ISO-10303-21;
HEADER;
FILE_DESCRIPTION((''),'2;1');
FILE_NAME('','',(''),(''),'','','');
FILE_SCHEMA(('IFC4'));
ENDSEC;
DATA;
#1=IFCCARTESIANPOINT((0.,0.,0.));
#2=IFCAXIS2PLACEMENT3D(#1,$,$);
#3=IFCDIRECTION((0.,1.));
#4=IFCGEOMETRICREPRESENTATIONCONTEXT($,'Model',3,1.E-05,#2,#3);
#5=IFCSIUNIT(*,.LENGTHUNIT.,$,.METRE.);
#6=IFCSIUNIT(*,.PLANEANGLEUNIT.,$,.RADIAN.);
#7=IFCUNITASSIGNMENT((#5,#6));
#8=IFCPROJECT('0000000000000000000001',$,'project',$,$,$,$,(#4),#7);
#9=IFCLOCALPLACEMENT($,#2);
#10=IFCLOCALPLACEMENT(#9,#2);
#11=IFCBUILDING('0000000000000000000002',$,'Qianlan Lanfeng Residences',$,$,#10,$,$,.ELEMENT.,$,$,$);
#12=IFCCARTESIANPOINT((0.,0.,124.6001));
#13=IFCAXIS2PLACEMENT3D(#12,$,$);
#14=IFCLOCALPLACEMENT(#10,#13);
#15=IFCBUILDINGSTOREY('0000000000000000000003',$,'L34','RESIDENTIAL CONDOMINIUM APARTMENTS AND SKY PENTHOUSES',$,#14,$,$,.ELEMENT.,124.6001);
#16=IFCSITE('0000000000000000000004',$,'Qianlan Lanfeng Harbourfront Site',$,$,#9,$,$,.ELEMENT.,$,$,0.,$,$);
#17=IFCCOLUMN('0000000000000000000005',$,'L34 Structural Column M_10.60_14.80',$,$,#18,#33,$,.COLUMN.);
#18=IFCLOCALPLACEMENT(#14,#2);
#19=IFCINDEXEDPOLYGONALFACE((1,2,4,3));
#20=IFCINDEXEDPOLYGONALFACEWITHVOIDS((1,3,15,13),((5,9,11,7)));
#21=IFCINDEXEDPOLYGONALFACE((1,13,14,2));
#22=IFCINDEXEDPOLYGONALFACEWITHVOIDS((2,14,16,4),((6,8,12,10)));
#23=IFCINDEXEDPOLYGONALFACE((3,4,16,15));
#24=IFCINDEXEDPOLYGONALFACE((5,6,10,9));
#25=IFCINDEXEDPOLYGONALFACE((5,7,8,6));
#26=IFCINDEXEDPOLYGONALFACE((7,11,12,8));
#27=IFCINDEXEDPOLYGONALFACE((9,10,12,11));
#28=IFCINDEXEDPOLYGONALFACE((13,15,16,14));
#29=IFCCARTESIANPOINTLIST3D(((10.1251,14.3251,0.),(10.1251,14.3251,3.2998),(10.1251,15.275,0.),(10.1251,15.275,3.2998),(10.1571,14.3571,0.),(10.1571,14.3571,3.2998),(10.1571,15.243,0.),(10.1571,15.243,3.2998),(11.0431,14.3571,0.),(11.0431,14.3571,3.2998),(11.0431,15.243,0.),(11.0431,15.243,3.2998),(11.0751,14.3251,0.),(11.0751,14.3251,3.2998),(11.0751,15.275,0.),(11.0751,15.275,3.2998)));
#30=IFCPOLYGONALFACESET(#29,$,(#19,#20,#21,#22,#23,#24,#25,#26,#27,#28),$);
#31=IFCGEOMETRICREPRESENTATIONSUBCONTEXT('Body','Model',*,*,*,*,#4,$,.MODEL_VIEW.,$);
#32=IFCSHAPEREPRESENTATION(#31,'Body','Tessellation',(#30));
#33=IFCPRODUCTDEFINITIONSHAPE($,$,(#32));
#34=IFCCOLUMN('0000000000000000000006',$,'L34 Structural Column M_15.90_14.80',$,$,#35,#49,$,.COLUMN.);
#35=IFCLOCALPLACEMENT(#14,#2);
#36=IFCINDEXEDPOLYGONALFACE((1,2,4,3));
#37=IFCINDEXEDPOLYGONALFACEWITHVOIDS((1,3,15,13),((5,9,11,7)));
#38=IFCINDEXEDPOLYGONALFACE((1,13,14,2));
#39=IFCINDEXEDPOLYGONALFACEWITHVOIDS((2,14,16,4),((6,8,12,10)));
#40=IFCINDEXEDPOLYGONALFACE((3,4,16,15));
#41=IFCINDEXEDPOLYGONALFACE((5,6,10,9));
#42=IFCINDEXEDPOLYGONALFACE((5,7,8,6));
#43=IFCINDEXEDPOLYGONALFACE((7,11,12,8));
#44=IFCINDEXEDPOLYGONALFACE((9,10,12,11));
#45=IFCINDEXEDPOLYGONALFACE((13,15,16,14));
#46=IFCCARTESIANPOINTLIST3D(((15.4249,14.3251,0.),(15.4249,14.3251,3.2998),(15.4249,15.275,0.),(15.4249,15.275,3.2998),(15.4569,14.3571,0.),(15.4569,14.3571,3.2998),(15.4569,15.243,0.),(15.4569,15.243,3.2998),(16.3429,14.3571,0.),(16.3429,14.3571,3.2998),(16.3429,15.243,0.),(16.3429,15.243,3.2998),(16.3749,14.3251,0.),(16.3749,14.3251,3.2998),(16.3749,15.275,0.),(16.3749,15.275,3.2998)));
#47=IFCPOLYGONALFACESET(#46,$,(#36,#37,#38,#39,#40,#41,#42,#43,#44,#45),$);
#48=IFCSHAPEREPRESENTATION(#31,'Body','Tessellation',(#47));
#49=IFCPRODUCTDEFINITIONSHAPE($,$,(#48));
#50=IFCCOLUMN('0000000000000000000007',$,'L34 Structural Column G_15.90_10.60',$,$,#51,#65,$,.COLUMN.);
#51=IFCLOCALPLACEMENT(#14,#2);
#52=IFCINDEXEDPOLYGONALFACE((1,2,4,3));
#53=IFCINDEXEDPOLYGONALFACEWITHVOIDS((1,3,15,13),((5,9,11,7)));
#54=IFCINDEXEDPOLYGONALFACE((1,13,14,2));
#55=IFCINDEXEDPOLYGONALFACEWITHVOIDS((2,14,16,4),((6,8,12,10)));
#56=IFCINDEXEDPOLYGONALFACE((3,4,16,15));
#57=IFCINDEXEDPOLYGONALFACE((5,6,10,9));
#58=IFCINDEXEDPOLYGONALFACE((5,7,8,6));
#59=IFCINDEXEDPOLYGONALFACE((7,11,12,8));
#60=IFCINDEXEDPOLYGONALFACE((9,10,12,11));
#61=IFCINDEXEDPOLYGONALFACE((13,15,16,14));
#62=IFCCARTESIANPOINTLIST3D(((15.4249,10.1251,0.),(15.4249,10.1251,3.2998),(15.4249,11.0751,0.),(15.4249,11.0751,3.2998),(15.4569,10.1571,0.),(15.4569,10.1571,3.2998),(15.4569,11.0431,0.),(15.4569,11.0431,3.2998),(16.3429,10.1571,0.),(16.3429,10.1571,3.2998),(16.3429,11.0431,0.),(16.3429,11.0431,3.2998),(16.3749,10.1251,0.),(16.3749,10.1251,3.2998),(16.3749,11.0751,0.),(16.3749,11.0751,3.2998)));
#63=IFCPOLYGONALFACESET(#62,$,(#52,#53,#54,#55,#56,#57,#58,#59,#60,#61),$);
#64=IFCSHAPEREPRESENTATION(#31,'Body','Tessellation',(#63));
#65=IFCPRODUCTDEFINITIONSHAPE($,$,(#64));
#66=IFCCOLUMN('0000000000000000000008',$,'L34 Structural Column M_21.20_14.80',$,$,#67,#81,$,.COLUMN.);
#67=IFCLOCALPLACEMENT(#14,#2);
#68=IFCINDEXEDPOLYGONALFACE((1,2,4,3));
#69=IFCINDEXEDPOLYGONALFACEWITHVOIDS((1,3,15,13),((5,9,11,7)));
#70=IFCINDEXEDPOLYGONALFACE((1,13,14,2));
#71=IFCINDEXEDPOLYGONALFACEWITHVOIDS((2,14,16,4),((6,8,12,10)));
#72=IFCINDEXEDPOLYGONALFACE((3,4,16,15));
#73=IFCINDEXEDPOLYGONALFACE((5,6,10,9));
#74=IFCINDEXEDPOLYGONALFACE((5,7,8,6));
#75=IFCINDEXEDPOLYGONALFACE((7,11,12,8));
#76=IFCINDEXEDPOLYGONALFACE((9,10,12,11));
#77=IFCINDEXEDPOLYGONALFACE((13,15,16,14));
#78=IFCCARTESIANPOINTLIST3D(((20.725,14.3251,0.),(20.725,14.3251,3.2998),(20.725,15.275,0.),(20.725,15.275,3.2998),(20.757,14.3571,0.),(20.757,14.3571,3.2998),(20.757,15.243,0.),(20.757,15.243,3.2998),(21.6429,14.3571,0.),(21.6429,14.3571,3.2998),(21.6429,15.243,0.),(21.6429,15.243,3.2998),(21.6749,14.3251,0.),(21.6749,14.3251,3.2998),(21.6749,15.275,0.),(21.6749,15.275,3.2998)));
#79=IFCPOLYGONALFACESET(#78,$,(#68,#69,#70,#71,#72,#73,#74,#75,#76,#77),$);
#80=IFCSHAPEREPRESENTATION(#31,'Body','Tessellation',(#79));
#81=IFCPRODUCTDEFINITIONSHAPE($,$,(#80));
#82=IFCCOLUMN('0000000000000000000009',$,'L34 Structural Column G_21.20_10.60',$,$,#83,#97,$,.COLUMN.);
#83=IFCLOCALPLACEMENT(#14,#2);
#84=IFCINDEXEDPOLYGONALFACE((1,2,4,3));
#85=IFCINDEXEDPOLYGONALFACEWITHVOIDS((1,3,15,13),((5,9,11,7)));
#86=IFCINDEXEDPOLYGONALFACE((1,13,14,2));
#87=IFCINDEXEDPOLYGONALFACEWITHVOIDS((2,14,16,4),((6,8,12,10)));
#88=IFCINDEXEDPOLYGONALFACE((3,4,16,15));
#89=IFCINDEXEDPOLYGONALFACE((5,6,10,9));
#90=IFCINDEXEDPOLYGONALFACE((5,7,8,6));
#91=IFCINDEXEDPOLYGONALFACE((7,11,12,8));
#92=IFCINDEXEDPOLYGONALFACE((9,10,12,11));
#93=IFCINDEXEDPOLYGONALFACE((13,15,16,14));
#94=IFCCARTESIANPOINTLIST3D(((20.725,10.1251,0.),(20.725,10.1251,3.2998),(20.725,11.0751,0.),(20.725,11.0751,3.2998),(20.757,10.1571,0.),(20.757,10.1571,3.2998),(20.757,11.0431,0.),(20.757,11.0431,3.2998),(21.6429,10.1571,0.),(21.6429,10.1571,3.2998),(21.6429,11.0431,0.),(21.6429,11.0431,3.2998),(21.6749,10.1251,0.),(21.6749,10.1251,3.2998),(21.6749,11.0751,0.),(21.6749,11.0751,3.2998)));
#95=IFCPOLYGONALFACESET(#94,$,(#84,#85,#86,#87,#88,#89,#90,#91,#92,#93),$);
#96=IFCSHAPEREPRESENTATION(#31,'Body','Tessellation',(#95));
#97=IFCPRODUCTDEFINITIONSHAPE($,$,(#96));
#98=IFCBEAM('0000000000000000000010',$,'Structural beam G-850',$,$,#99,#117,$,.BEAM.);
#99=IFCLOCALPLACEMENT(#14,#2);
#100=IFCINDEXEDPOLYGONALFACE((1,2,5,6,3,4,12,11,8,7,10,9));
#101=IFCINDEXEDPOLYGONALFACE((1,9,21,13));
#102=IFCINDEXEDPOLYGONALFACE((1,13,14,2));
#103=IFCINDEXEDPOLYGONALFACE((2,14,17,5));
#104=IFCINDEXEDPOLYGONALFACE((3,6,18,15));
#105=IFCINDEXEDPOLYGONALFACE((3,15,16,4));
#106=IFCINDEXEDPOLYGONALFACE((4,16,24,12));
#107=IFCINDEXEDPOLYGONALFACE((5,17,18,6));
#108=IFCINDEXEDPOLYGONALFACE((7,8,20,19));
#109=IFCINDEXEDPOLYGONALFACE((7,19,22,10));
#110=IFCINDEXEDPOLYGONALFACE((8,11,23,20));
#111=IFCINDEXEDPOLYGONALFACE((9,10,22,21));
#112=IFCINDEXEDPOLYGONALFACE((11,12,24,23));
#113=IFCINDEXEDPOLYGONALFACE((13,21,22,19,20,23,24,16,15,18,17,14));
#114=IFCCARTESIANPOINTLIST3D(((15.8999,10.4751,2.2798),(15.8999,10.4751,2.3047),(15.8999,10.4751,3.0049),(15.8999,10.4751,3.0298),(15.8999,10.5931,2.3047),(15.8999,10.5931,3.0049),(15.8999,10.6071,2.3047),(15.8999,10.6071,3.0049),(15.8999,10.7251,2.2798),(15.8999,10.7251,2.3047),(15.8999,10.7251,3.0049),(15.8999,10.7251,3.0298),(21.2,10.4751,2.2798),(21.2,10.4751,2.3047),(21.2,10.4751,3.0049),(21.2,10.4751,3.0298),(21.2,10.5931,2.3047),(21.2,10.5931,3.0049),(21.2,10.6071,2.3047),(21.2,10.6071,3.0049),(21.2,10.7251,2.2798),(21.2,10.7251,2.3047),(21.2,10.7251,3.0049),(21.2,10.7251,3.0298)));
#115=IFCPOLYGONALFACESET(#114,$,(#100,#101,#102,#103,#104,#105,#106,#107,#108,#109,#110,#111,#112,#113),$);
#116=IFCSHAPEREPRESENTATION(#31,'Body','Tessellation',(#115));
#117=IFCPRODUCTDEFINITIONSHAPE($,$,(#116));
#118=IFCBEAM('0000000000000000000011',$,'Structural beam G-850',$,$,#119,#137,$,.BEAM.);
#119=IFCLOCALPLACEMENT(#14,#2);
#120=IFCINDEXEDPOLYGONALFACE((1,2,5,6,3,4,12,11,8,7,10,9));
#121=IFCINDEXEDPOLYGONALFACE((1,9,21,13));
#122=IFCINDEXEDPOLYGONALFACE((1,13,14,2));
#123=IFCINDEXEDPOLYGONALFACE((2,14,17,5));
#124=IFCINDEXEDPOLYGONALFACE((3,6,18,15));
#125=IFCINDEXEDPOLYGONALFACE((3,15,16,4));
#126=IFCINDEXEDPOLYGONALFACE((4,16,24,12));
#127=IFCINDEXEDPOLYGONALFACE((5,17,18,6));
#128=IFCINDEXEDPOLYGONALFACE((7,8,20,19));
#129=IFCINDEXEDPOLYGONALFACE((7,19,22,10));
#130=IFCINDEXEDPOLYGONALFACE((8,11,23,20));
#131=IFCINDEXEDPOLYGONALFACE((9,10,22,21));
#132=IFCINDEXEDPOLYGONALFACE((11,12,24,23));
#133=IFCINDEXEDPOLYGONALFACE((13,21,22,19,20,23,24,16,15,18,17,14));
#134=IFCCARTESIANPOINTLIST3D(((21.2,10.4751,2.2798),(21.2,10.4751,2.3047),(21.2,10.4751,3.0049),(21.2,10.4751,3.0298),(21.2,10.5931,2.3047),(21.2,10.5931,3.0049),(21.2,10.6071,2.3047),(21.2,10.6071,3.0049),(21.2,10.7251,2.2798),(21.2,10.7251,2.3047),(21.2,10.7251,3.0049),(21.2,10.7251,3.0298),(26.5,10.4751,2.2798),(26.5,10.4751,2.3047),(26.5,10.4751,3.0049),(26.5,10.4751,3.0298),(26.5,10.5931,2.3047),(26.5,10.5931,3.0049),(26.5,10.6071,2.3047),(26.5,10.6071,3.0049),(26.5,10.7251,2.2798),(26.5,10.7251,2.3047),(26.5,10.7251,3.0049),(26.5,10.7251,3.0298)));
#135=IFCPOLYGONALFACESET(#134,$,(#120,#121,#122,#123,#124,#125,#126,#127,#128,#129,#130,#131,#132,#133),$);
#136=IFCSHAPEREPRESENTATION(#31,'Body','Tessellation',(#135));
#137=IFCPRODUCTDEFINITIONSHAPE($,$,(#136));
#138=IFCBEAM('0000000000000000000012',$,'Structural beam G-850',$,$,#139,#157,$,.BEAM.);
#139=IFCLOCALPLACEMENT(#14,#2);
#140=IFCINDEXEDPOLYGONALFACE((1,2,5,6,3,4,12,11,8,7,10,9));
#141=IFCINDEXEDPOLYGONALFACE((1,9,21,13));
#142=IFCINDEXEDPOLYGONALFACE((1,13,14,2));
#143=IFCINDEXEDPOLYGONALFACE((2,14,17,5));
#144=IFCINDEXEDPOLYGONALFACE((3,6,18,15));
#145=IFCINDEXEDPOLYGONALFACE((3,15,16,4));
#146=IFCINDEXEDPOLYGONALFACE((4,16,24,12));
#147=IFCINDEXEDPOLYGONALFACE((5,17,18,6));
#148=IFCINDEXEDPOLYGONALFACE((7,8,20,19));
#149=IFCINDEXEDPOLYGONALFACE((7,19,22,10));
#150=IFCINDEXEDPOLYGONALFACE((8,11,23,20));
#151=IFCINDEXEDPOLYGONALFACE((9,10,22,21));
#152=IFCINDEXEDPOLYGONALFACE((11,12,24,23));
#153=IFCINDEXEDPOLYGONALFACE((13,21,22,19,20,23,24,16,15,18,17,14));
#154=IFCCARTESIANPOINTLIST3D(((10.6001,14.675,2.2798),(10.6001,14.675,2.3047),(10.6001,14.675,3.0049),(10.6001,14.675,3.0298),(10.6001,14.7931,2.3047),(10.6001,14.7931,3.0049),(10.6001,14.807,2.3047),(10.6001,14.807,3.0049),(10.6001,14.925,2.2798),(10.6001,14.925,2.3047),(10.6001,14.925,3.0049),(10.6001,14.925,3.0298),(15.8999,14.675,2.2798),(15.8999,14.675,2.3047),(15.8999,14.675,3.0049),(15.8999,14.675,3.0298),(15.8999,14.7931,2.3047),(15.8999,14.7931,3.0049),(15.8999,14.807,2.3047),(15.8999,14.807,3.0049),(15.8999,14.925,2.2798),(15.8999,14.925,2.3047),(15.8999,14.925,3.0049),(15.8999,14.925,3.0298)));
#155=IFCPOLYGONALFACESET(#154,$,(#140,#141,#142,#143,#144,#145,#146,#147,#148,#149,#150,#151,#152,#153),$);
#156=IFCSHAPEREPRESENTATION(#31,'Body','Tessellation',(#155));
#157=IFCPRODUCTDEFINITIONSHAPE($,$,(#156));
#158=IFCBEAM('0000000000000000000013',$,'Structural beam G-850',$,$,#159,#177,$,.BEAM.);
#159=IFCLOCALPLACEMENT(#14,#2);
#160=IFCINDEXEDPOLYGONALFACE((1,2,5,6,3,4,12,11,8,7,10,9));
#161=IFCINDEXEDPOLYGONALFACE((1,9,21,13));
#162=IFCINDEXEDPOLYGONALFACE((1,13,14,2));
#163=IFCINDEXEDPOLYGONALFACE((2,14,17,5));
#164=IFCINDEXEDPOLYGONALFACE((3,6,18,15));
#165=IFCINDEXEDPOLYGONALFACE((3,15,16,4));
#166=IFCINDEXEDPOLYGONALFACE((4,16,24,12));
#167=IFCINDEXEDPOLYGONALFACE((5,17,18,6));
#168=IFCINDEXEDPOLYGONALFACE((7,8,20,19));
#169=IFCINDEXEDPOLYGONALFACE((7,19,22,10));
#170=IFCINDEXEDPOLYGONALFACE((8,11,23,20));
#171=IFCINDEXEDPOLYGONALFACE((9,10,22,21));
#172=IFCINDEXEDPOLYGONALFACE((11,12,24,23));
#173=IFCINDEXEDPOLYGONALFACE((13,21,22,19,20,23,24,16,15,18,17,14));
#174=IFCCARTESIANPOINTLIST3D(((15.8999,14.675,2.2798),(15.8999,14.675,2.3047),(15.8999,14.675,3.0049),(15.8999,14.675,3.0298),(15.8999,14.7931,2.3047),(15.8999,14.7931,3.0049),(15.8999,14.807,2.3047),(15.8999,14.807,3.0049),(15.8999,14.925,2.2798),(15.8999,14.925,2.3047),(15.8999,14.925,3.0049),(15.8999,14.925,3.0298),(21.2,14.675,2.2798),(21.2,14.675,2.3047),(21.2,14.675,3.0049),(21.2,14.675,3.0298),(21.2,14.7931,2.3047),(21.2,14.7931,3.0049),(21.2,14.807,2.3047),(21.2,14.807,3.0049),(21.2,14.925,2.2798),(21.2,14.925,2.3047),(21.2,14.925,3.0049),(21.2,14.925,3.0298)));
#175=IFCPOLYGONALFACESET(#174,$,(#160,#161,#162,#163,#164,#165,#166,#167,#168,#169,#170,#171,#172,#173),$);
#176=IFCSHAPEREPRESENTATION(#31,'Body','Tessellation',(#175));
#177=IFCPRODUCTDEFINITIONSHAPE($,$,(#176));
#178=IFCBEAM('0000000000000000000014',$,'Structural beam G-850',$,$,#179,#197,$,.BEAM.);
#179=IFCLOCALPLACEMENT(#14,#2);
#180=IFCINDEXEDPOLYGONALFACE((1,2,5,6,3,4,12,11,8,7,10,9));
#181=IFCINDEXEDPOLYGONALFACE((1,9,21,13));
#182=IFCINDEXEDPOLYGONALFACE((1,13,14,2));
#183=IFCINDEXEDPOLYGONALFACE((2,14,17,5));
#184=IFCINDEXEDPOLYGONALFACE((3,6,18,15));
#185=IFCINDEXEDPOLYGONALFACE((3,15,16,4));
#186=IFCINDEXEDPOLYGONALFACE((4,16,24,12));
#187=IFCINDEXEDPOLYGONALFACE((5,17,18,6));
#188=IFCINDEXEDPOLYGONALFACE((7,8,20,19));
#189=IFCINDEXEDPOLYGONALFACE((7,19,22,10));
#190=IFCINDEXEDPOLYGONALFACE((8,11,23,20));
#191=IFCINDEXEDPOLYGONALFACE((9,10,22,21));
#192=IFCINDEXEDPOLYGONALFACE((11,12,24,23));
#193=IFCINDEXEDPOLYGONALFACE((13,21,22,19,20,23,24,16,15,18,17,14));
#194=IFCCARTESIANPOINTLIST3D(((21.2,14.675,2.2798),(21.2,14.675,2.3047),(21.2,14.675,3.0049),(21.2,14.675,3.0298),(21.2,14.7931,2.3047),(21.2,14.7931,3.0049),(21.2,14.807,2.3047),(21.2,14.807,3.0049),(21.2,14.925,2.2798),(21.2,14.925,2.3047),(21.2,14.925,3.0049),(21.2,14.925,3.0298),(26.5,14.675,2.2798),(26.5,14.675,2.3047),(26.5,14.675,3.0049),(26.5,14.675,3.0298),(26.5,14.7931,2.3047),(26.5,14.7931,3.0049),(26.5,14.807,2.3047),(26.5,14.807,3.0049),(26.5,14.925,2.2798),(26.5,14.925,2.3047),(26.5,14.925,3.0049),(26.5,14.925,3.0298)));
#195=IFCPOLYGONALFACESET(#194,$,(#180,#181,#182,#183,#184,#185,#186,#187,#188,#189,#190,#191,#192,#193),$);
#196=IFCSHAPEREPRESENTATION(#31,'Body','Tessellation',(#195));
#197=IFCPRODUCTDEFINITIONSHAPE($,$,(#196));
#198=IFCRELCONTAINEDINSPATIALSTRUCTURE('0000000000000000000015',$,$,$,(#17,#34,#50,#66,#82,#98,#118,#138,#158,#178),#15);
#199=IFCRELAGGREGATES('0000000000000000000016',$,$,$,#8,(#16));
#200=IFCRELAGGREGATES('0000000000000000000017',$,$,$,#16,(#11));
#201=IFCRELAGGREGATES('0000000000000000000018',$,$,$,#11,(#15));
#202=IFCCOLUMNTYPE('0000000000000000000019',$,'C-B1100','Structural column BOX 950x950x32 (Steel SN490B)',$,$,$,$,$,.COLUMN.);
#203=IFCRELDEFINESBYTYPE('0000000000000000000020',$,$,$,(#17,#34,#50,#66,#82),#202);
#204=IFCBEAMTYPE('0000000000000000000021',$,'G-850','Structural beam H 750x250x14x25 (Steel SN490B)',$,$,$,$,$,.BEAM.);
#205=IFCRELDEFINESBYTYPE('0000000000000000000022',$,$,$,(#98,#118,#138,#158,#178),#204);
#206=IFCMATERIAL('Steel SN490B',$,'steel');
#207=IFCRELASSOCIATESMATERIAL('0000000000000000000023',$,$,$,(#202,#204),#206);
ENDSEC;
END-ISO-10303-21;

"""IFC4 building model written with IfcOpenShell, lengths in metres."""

from ifc_helpers import new_model, si_unit, direction, frame, origin, origin_2d, place, context, subcontext, project, spatial, hollow_rectangle, i_section, extrude, material, material_profile, profile_set, type_object, element, save


model = new_model("IFC4")

# Units and contexts
model_context = context("Model", 3, precision=1e-05, world=origin(), true_north=direction((0.0, 1.0)))
body_context = subcontext(model_context, "Body", "Model", "MODEL_VIEW")
ifc_project = project(units=[si_unit("LENGTHUNIT", "METRE"), si_unit("PLANEANGLEUNIT", "RADIAN")], contexts=[model_context])

# Site, building, storey
site_placement = place(None, origin())
site = spatial("IfcSite", under=ifc_project, at=site_placement, Name="Qianlan Lanfeng Harbourfront Site", CompositionType="ELEMENT", RefElevation=0.0)
building_placement = place(site_placement, origin())
building = spatial("IfcBuilding", under=site, at=building_placement, Name="Qianlan Lanfeng Residences", CompositionType="ELEMENT")
storey_placement = place(building_placement, frame((0.0, 0.0, 124.6001)))
storey = spatial("IfcBuildingStorey", under=building, at=storey_placement, Name="L34", Description="RESIDENTIAL CONDOMINIUM APARTMENTS AND SKY PENTHOUSES", CompositionType="ELEMENT", Elevation=124.6001)

# Columns
ifc_material_1 = material(Name="Steel SN490B", Category="steel")
ifc_material_profile_1 = material_profile(ifc_material_1, hollow_rectangle(XDim=0.95, YDim=0.95, WallThickness=0.032, at=origin_2d()), Name="BOX 950x950x32")
ifc_profile_set_1 = profile_set([ifc_material_profile_1], Name="Steel SN490B")
column_type = type_object("IfcColumnType", Name="C-B1100", Description="Structural column BOX 950x950x32 (Steel SN490B)", PredefinedType="COLUMN", material=ifc_profile_set_1)
for number, where, z_axis, x_axis, name in (
    (1, (10.6001, 14.8, 0.0), (0.0, 0.0, 1.0), (1.0, 0.0, 0.0), "L34 Structural Column M_10.60_14.80"),
    (2, (15.8999, 14.8, 0.0), (0.0, 0.0, 1.0), (1.0, 0.0, 0.0), "L34 Structural Column M_15.90_14.80"),
    (3, (15.8999, 10.6001, 0.0), (0.0, 0.0, 1.0), (1.0, 0.0, 0.0), "L34 Structural Column G_15.90_10.60"),
    (4, (21.2, 14.8, 0.0), (0.0, 0.0, 1.0), (1.0, 0.0, 0.0), "L34 Structural Column M_21.20_14.80"),
    (5, (21.2, 10.6001, 0.0), (0.0, 0.0, 1.0), (1.0, 0.0, 0.0), "L34 Structural Column G_21.20_10.60"),
):
    element("IfcColumn", number, at=place(storey_placement, frame(where, z_axis=z_axis, x_axis=x_axis)), inside=storey, type_object=column_type, Name=name, PredefinedType="COLUMN", context=body_context, shape_type="SweptSolid", body=[
        extrude(hollow_rectangle(XDim=0.95, YDim=0.95, WallThickness=0.032, at=origin_2d()), origin(), (0.0, 0.0, 1.0), 3.2998),
    ])

# Beams
ifc_material_profile_2 = material_profile(ifc_material_1, i_section(OverallWidth=0.25, OverallDepth=0.75, WebThickness=0.0139, FlangeThickness=0.0249, at=origin_2d()), Name="H 750x250x14x25")
ifc_profile_set_2 = profile_set([ifc_material_profile_2], Name="Steel SN490B")
beam_type_1 = type_object("IfcBeamType", Name="G-850", Description="Structural beam H 750x250x14x25 (Steel SN490B)", PredefinedType="BEAM", material=ifc_profile_set_2)
for number, where, z_axis, x_axis, name in (
    (6, (15.8999, 10.6001, 2.6548), (1.0, 0.0, 0.0), (0.0, 1.0, 0.0), "Structural beam G-850"),
    (7, (21.2, 10.6001, 2.6548), (1.0, 0.0, 0.0), (0.0, 1.0, 0.0), "Structural beam G-850"),
):
    element("IfcBeam", number, at=place(storey_placement, frame(where, z_axis=z_axis, x_axis=x_axis)), inside=storey, type_object=beam_type_1, Name=name, PredefinedType="BEAM", context=body_context, shape_type="SweptSolid", body=[
        extrude(i_section(OverallWidth=0.25, OverallDepth=0.75, WebThickness=0.0139, FlangeThickness=0.0249, at=origin_2d()), origin(), (0.0, 0.0, 1.0), 5.3),
    ])
beam_1_placement = place(storey_placement, frame((10.6001, 14.8, 2.6548), z_axis=(1.0, 0.0, 0.0), x_axis=(0.0, 1.0, 0.0)))
element("IfcBeam", 8, at=beam_1_placement, inside=storey, type_object=beam_type_1, Name="Structural beam G-850", PredefinedType="BEAM", context=body_context, shape_type="SweptSolid", body=[
    extrude(i_section(OverallWidth=0.25, OverallDepth=0.75, WebThickness=0.0139, FlangeThickness=0.0249, at=origin_2d()), origin(), (0.0, 0.0, 1.0), 5.2998),
])
for number, where, z_axis, x_axis, name in (
    (9, (15.8999, 14.8, 2.6548), (1.0, 0.0, 0.0), (0.0, 1.0, 0.0), "Structural beam G-850"),
    (10, (21.2, 14.8, 2.6548), (1.0, 0.0, 0.0), (0.0, 1.0, 0.0), "Structural beam G-850"),
):
    element("IfcBeam", number, at=place(storey_placement, frame(where, z_axis=z_axis, x_axis=x_axis)), inside=storey, type_object=beam_type_1, Name=name, PredefinedType="BEAM", context=body_context, shape_type="SweptSolid", body=[
        extrude(i_section(OverallWidth=0.25, OverallDepth=0.75, WebThickness=0.0139, FlangeThickness=0.0249, at=origin_2d()), origin(), (0.0, 0.0, 1.0), 5.3),
    ])

save(model, "model.ifc")
